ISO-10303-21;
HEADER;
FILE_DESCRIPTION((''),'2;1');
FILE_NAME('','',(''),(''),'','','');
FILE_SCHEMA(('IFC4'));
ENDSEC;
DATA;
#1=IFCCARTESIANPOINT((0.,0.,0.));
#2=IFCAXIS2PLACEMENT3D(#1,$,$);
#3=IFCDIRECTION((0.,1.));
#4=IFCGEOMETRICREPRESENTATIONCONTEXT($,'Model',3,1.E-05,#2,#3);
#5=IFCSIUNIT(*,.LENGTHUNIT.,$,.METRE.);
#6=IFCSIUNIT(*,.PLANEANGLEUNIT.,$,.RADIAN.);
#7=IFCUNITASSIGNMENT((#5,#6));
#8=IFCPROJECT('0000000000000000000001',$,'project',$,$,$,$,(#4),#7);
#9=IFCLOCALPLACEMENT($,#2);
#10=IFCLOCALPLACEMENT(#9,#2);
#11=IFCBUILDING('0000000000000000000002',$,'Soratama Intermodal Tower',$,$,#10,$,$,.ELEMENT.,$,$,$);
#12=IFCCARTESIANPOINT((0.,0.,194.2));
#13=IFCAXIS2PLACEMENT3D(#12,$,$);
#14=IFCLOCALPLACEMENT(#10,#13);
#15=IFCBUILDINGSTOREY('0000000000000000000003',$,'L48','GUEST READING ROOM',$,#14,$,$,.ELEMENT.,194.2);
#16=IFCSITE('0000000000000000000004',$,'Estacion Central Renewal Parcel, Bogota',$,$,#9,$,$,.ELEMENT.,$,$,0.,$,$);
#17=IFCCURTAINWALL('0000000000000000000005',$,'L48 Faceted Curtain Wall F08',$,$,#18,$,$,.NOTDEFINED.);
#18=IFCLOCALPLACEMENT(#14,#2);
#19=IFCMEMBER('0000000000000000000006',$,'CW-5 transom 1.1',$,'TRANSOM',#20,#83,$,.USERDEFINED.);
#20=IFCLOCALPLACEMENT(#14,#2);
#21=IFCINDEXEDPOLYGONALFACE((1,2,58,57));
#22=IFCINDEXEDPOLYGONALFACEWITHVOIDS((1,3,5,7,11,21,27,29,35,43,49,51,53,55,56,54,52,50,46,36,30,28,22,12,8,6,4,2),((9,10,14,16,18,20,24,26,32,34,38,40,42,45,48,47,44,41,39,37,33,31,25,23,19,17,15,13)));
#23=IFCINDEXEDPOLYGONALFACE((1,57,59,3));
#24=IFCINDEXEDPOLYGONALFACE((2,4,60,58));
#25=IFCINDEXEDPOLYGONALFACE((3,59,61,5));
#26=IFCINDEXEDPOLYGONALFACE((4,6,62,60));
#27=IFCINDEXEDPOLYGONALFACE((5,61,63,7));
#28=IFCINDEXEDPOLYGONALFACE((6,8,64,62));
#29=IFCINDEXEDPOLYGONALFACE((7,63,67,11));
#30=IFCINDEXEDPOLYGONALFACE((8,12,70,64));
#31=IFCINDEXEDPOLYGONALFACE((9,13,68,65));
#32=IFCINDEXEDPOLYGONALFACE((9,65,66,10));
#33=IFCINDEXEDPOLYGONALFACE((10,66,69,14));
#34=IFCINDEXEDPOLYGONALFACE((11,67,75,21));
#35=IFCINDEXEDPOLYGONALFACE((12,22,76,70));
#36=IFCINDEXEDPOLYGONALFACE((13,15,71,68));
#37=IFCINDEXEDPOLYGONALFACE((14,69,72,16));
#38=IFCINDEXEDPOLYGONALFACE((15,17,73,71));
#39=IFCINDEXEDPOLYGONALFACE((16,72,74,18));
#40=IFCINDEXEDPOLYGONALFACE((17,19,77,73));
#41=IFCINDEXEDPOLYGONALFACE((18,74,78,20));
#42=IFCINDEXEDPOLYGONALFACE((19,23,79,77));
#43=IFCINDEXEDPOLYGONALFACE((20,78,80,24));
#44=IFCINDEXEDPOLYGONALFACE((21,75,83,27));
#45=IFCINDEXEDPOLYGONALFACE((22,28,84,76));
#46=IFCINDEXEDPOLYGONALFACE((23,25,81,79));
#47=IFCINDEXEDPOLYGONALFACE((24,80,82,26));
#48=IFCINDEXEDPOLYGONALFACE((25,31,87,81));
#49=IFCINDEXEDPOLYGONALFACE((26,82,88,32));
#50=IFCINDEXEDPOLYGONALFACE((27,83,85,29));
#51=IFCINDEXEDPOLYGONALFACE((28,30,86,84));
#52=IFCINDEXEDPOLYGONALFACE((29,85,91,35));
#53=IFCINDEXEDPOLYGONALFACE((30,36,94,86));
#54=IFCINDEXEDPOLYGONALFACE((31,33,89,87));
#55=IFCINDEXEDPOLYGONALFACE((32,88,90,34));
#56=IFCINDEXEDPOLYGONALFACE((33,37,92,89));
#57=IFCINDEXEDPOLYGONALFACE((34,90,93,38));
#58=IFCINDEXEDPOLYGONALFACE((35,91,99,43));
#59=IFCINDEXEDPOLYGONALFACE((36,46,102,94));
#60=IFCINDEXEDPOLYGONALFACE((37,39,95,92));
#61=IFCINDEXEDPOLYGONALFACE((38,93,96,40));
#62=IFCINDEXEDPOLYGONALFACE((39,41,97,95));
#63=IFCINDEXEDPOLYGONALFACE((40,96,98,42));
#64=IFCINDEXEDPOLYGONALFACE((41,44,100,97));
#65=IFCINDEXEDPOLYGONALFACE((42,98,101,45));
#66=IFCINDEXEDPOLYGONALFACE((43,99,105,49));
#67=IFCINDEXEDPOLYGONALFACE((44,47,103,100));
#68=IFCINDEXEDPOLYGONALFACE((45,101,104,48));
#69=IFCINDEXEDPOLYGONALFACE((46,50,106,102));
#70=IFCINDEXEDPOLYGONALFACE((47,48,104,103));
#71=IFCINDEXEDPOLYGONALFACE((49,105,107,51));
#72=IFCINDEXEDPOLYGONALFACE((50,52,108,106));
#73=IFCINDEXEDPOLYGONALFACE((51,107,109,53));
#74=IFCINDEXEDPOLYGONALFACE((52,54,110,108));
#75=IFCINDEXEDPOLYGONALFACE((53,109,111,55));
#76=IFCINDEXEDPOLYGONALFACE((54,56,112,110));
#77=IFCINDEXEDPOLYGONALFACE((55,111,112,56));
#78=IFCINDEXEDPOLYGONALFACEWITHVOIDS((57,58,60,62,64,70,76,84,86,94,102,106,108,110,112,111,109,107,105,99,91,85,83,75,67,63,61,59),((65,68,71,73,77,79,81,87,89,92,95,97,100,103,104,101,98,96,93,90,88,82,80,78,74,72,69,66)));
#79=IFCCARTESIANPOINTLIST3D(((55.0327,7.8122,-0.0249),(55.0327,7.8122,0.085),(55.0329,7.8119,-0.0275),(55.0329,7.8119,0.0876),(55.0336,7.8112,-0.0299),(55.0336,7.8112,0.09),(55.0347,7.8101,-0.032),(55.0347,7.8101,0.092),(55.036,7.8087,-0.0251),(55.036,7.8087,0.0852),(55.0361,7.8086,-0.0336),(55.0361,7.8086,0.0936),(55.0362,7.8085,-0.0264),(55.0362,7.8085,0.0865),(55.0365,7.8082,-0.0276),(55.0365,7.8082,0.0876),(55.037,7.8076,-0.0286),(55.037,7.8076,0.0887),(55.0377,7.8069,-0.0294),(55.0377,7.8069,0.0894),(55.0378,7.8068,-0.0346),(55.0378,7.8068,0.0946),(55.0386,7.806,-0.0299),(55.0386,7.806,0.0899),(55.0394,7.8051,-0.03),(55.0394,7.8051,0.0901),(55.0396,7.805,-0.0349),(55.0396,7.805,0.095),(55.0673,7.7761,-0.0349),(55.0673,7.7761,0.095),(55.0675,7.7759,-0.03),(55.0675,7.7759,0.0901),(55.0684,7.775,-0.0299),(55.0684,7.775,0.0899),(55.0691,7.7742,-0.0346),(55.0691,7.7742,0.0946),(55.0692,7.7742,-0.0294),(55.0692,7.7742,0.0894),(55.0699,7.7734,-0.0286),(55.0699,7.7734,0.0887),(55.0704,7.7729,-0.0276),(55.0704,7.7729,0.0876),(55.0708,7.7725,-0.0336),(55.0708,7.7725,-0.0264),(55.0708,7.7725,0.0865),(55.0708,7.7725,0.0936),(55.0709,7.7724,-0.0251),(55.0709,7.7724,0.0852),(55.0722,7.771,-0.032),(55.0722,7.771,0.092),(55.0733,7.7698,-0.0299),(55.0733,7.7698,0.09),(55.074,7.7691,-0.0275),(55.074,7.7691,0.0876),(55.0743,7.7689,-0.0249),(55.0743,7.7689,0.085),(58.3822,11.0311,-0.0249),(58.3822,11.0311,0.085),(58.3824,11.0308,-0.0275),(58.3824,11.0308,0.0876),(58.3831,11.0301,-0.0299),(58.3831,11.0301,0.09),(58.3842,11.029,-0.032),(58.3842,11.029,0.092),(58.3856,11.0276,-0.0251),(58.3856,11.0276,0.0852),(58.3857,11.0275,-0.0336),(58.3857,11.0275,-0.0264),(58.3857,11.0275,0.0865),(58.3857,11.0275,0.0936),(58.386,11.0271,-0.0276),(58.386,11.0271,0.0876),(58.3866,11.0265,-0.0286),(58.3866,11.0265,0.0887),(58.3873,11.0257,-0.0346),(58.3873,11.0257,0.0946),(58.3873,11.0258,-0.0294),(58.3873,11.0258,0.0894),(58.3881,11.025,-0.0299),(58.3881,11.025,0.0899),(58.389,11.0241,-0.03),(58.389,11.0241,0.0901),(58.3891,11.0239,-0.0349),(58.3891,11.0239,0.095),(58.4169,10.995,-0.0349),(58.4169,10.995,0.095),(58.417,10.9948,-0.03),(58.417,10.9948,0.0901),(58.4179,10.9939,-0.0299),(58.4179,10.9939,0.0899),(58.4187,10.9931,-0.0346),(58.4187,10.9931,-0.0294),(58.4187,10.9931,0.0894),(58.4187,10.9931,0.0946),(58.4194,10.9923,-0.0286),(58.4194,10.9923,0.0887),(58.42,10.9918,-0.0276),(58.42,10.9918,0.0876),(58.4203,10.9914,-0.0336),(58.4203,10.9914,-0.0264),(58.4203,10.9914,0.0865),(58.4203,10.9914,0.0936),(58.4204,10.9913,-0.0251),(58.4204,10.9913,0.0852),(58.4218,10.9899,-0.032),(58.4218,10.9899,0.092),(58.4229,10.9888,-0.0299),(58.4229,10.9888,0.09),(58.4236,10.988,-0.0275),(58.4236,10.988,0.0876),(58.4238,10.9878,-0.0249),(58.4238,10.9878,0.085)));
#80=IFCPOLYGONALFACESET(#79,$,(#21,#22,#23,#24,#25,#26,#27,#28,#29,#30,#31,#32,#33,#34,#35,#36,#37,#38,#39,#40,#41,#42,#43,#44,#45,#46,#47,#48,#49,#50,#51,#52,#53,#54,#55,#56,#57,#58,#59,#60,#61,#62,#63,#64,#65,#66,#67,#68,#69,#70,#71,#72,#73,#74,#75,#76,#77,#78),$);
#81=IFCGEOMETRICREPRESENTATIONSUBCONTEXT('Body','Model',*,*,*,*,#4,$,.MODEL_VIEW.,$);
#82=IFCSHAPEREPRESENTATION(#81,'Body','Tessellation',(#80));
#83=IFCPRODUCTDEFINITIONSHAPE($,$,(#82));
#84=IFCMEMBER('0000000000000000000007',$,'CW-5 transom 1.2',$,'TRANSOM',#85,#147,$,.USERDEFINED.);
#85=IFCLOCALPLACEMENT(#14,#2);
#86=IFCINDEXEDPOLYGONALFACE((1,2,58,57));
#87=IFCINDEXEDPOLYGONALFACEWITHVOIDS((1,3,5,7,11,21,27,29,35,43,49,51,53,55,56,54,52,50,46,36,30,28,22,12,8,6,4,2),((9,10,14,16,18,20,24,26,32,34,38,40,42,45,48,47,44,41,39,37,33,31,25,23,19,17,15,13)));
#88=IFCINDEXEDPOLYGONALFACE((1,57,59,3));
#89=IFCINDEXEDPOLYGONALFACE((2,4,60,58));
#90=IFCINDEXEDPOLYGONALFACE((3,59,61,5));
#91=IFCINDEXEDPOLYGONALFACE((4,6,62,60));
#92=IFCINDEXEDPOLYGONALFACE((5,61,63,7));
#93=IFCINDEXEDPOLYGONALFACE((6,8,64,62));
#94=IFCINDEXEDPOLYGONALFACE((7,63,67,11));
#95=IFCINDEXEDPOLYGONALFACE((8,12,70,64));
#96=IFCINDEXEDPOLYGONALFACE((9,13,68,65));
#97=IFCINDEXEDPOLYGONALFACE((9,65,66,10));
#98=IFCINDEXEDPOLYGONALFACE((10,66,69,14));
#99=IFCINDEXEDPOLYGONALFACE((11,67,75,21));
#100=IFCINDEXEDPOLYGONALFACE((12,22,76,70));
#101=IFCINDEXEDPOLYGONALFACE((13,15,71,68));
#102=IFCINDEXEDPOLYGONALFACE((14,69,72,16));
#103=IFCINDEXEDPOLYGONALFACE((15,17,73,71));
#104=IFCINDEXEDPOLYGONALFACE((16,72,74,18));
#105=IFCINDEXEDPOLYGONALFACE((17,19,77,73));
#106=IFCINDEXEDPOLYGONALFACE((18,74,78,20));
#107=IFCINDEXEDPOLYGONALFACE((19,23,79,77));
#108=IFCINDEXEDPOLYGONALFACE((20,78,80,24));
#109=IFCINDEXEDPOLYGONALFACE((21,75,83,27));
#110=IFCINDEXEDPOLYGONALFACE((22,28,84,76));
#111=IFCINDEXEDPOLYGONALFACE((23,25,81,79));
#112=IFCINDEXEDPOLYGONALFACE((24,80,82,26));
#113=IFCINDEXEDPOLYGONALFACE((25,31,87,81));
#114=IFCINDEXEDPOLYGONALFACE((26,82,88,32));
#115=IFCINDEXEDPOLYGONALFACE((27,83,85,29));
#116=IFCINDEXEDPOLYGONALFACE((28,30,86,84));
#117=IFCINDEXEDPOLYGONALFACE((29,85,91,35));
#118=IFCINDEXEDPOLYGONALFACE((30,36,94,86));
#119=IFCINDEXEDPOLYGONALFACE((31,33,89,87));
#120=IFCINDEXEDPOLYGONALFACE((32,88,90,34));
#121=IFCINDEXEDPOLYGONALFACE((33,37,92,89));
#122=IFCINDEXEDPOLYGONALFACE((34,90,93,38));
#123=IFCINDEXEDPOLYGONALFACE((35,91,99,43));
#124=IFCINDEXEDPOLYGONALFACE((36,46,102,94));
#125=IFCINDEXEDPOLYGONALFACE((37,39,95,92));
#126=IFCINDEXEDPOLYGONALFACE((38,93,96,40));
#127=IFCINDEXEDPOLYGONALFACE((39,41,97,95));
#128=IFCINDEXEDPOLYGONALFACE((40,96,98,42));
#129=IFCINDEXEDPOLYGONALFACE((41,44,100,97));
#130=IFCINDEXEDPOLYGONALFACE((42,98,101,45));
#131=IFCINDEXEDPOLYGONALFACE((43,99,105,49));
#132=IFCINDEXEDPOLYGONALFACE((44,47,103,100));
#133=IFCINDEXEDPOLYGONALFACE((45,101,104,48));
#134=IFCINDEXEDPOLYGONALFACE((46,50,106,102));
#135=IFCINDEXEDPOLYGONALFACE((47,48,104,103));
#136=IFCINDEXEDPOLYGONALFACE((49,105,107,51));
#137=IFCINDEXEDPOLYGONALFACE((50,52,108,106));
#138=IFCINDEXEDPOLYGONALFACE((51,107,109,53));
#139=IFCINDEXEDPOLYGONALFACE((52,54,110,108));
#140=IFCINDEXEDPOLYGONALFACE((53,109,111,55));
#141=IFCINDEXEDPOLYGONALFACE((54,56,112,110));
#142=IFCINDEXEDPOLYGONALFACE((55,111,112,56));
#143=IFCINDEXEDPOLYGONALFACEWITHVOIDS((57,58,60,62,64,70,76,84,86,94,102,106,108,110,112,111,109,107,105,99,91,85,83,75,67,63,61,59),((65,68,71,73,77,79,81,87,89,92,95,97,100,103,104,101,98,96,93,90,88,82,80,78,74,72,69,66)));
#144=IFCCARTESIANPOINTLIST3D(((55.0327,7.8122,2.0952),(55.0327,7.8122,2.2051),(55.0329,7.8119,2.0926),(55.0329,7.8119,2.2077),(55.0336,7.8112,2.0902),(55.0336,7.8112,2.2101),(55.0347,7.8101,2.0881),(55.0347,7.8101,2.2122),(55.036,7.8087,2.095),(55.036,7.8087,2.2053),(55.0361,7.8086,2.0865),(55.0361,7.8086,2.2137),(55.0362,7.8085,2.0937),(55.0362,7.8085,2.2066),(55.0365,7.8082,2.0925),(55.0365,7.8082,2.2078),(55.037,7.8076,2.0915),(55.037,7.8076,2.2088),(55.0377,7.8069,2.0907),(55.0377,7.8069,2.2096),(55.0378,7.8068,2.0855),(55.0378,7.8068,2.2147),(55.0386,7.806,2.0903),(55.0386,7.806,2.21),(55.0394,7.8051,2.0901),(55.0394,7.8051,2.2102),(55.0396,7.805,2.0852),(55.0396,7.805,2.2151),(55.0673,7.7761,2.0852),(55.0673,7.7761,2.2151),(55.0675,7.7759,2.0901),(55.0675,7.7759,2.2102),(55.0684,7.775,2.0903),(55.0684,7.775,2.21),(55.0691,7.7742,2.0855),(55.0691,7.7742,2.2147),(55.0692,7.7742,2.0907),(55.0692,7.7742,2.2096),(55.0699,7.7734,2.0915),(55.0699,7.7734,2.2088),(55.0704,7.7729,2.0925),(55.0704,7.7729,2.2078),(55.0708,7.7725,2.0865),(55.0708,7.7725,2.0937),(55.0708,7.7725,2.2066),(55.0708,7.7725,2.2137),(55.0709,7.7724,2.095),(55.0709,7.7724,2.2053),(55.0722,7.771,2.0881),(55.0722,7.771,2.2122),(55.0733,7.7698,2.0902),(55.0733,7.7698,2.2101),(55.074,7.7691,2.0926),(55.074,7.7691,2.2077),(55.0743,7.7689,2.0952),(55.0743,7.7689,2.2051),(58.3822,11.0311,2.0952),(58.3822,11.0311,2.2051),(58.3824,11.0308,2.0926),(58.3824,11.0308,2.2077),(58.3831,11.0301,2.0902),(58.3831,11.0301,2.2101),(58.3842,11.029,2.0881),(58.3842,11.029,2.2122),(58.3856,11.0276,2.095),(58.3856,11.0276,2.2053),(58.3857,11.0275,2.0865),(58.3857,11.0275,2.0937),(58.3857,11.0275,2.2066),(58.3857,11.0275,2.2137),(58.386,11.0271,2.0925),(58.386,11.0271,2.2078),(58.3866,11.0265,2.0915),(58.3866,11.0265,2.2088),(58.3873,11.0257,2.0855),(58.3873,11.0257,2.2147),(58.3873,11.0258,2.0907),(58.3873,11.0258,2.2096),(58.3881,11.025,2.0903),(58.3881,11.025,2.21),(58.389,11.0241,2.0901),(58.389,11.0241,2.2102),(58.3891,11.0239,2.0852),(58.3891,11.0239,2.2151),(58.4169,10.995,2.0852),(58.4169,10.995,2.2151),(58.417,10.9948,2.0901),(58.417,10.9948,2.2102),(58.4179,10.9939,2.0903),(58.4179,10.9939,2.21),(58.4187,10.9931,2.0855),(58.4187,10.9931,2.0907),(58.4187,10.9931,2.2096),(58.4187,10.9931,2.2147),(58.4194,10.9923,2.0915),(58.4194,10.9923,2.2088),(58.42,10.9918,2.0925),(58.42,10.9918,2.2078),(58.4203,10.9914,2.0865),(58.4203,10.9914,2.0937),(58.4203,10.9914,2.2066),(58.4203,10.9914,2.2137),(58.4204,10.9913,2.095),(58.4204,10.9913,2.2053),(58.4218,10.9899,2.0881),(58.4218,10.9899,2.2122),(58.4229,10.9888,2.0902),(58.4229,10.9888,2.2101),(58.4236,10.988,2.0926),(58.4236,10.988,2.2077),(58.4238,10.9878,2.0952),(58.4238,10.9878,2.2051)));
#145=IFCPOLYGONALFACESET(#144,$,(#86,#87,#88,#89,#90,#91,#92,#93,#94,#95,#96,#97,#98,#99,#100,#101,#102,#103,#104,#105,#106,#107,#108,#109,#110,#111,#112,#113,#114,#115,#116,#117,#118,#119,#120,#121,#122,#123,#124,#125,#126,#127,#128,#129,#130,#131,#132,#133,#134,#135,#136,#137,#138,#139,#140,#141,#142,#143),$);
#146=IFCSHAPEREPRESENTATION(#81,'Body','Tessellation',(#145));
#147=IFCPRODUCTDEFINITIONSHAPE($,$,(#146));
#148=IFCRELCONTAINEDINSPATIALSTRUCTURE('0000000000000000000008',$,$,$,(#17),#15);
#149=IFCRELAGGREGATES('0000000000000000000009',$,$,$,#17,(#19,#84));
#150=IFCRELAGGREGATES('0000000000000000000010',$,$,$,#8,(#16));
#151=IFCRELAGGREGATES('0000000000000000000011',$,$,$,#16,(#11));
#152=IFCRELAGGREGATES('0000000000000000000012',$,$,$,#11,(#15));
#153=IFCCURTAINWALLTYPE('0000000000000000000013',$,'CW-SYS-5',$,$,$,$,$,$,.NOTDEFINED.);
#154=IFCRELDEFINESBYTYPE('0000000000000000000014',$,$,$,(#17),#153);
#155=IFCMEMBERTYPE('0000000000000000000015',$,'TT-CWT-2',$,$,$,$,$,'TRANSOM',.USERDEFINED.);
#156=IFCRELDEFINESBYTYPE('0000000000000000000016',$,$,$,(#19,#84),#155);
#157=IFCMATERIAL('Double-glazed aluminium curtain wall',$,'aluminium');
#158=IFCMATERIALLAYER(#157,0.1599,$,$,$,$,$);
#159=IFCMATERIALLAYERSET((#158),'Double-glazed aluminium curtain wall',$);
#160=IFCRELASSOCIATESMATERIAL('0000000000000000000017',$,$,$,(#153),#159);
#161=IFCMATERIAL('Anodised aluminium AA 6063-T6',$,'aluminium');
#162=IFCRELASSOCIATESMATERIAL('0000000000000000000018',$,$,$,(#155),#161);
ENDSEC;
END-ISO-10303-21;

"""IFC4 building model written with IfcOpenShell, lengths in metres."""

from ifc_helpers import new_model, si_unit, direction, frame, origin, origin_2d, place, context, subcontext, project, spatial, hollow_rectangle, extrude, material, layer, layer_set, material_profile, profile_set, type_object, element, aggregate, save


model = new_model("IFC4")

# Units and contexts
model_context = context("Model", 3, precision=1e-05, world=origin(), true_north=direction((0.0, 1.0)))
body_context = subcontext(model_context, "Body", "Model", "MODEL_VIEW")
ifc_project = project(units=[si_unit("LENGTHUNIT", "METRE"), si_unit("PLANEANGLEUNIT", "RADIAN")], contexts=[model_context])

# Site, building, storey
site_placement = place(None, origin())
site = spatial("IfcSite", under=ifc_project, at=site_placement, Name="Estacion Central Renewal Parcel, Bogota", CompositionType="ELEMENT", RefElevation=0.0)
building_placement = place(site_placement, origin())
building = spatial("IfcBuilding", under=site, at=building_placement, Name="Soratama Intermodal Tower", CompositionType="ELEMENT")
storey_placement = place(building_placement, frame((0.0, 0.0, 194.2)))
storey = spatial("IfcBuildingStorey", under=building, at=storey_placement, Name="L48", Description="GUEST READING ROOM", CompositionType="ELEMENT", Elevation=194.2)

# Curtain wall, members
ifc_material_1 = material(Name="Double-glazed aluminium curtain wall", Category="aluminium")
ifc_layer_1 = layer(ifc_material_1, 0.1599)
ifc_layer_set_1 = layer_set([ifc_layer_1], Name="Double-glazed aluminium curtain wall")
curtain_wall_type = type_object("IfcCurtainWallType", Name="CW-SYS-5", PredefinedType="NOTDEFINED", material=ifc_layer_set_1)
curtain_wall_placement = place(storey_placement, origin())
curtain_wall = element("IfcCurtainWall", 1, at=curtain_wall_placement, inside=storey, type_object=curtain_wall_type, Name="L48 Faceted Curtain Wall F08", PredefinedType="NOTDEFINED")
ifc_material_2 = material(Name="Anodised aluminium AA 6063-T6", Category="aluminium")
ifc_material_profile_1 = material_profile(ifc_material_2, hollow_rectangle(XDim=0.0601, YDim=0.1299, WallThickness=0.0049, InnerFilletRadius=0.0049, OuterFilletRadius=0.01, at=origin_2d()), Name="CWT130X60X5")
ifc_profile_set_1 = profile_set([ifc_material_profile_1], Name="Anodised aluminium AA 6063-T6")
member_type_1 = type_object("IfcMemberType", Name="TT-CWT-2", ElementType="TRANSOM", PredefinedType="USERDEFINED", material=ifc_profile_set_1)
member_1_placement = place(storey_placement, frame((55.0535, 7.7905, 0.03), z_axis=(0.721025, 0.692909, 0.0), x_axis=(-0.692909, 0.721025, 0.0)))
member_1 = element("IfcMember", 2, at=member_1_placement, type_object=member_type_1, Name="CW-5 transom 1.1", ObjectType="TRANSOM", PredefinedType="USERDEFINED", context=body_context, shape_type="SweptSolid", body=[
    extrude(hollow_rectangle(XDim=0.0601, YDim=0.1299, WallThickness=0.0049, InnerFilletRadius=0.0049, OuterFilletRadius=0.01, at=origin_2d()), origin(), (0.0, 0.0, 1.0), 4.6455),
])
member_2_placement = place(storey_placement, frame((55.0535, 7.7905, 2.1501), z_axis=(0.721025, 0.692909, 0.0), x_axis=(-0.692909, 0.721025, 0.0)))
member_2 = element("IfcMember", 3, at=member_2_placement, type_object=member_type_1, Name="CW-5 transom 1.2", ObjectType="TRANSOM", PredefinedType="USERDEFINED", context=body_context, shape_type="SweptSolid", body=[
    extrude(hollow_rectangle(XDim=0.0601, YDim=0.1299, WallThickness=0.0049, InnerFilletRadius=0.0049, OuterFilletRadius=0.01, at=origin_2d()), origin(), (0.0, 0.0, 1.0), 4.6455),
])
aggregate(curtain_wall, [member_1, member_2])

save(model, "model.ifc")
